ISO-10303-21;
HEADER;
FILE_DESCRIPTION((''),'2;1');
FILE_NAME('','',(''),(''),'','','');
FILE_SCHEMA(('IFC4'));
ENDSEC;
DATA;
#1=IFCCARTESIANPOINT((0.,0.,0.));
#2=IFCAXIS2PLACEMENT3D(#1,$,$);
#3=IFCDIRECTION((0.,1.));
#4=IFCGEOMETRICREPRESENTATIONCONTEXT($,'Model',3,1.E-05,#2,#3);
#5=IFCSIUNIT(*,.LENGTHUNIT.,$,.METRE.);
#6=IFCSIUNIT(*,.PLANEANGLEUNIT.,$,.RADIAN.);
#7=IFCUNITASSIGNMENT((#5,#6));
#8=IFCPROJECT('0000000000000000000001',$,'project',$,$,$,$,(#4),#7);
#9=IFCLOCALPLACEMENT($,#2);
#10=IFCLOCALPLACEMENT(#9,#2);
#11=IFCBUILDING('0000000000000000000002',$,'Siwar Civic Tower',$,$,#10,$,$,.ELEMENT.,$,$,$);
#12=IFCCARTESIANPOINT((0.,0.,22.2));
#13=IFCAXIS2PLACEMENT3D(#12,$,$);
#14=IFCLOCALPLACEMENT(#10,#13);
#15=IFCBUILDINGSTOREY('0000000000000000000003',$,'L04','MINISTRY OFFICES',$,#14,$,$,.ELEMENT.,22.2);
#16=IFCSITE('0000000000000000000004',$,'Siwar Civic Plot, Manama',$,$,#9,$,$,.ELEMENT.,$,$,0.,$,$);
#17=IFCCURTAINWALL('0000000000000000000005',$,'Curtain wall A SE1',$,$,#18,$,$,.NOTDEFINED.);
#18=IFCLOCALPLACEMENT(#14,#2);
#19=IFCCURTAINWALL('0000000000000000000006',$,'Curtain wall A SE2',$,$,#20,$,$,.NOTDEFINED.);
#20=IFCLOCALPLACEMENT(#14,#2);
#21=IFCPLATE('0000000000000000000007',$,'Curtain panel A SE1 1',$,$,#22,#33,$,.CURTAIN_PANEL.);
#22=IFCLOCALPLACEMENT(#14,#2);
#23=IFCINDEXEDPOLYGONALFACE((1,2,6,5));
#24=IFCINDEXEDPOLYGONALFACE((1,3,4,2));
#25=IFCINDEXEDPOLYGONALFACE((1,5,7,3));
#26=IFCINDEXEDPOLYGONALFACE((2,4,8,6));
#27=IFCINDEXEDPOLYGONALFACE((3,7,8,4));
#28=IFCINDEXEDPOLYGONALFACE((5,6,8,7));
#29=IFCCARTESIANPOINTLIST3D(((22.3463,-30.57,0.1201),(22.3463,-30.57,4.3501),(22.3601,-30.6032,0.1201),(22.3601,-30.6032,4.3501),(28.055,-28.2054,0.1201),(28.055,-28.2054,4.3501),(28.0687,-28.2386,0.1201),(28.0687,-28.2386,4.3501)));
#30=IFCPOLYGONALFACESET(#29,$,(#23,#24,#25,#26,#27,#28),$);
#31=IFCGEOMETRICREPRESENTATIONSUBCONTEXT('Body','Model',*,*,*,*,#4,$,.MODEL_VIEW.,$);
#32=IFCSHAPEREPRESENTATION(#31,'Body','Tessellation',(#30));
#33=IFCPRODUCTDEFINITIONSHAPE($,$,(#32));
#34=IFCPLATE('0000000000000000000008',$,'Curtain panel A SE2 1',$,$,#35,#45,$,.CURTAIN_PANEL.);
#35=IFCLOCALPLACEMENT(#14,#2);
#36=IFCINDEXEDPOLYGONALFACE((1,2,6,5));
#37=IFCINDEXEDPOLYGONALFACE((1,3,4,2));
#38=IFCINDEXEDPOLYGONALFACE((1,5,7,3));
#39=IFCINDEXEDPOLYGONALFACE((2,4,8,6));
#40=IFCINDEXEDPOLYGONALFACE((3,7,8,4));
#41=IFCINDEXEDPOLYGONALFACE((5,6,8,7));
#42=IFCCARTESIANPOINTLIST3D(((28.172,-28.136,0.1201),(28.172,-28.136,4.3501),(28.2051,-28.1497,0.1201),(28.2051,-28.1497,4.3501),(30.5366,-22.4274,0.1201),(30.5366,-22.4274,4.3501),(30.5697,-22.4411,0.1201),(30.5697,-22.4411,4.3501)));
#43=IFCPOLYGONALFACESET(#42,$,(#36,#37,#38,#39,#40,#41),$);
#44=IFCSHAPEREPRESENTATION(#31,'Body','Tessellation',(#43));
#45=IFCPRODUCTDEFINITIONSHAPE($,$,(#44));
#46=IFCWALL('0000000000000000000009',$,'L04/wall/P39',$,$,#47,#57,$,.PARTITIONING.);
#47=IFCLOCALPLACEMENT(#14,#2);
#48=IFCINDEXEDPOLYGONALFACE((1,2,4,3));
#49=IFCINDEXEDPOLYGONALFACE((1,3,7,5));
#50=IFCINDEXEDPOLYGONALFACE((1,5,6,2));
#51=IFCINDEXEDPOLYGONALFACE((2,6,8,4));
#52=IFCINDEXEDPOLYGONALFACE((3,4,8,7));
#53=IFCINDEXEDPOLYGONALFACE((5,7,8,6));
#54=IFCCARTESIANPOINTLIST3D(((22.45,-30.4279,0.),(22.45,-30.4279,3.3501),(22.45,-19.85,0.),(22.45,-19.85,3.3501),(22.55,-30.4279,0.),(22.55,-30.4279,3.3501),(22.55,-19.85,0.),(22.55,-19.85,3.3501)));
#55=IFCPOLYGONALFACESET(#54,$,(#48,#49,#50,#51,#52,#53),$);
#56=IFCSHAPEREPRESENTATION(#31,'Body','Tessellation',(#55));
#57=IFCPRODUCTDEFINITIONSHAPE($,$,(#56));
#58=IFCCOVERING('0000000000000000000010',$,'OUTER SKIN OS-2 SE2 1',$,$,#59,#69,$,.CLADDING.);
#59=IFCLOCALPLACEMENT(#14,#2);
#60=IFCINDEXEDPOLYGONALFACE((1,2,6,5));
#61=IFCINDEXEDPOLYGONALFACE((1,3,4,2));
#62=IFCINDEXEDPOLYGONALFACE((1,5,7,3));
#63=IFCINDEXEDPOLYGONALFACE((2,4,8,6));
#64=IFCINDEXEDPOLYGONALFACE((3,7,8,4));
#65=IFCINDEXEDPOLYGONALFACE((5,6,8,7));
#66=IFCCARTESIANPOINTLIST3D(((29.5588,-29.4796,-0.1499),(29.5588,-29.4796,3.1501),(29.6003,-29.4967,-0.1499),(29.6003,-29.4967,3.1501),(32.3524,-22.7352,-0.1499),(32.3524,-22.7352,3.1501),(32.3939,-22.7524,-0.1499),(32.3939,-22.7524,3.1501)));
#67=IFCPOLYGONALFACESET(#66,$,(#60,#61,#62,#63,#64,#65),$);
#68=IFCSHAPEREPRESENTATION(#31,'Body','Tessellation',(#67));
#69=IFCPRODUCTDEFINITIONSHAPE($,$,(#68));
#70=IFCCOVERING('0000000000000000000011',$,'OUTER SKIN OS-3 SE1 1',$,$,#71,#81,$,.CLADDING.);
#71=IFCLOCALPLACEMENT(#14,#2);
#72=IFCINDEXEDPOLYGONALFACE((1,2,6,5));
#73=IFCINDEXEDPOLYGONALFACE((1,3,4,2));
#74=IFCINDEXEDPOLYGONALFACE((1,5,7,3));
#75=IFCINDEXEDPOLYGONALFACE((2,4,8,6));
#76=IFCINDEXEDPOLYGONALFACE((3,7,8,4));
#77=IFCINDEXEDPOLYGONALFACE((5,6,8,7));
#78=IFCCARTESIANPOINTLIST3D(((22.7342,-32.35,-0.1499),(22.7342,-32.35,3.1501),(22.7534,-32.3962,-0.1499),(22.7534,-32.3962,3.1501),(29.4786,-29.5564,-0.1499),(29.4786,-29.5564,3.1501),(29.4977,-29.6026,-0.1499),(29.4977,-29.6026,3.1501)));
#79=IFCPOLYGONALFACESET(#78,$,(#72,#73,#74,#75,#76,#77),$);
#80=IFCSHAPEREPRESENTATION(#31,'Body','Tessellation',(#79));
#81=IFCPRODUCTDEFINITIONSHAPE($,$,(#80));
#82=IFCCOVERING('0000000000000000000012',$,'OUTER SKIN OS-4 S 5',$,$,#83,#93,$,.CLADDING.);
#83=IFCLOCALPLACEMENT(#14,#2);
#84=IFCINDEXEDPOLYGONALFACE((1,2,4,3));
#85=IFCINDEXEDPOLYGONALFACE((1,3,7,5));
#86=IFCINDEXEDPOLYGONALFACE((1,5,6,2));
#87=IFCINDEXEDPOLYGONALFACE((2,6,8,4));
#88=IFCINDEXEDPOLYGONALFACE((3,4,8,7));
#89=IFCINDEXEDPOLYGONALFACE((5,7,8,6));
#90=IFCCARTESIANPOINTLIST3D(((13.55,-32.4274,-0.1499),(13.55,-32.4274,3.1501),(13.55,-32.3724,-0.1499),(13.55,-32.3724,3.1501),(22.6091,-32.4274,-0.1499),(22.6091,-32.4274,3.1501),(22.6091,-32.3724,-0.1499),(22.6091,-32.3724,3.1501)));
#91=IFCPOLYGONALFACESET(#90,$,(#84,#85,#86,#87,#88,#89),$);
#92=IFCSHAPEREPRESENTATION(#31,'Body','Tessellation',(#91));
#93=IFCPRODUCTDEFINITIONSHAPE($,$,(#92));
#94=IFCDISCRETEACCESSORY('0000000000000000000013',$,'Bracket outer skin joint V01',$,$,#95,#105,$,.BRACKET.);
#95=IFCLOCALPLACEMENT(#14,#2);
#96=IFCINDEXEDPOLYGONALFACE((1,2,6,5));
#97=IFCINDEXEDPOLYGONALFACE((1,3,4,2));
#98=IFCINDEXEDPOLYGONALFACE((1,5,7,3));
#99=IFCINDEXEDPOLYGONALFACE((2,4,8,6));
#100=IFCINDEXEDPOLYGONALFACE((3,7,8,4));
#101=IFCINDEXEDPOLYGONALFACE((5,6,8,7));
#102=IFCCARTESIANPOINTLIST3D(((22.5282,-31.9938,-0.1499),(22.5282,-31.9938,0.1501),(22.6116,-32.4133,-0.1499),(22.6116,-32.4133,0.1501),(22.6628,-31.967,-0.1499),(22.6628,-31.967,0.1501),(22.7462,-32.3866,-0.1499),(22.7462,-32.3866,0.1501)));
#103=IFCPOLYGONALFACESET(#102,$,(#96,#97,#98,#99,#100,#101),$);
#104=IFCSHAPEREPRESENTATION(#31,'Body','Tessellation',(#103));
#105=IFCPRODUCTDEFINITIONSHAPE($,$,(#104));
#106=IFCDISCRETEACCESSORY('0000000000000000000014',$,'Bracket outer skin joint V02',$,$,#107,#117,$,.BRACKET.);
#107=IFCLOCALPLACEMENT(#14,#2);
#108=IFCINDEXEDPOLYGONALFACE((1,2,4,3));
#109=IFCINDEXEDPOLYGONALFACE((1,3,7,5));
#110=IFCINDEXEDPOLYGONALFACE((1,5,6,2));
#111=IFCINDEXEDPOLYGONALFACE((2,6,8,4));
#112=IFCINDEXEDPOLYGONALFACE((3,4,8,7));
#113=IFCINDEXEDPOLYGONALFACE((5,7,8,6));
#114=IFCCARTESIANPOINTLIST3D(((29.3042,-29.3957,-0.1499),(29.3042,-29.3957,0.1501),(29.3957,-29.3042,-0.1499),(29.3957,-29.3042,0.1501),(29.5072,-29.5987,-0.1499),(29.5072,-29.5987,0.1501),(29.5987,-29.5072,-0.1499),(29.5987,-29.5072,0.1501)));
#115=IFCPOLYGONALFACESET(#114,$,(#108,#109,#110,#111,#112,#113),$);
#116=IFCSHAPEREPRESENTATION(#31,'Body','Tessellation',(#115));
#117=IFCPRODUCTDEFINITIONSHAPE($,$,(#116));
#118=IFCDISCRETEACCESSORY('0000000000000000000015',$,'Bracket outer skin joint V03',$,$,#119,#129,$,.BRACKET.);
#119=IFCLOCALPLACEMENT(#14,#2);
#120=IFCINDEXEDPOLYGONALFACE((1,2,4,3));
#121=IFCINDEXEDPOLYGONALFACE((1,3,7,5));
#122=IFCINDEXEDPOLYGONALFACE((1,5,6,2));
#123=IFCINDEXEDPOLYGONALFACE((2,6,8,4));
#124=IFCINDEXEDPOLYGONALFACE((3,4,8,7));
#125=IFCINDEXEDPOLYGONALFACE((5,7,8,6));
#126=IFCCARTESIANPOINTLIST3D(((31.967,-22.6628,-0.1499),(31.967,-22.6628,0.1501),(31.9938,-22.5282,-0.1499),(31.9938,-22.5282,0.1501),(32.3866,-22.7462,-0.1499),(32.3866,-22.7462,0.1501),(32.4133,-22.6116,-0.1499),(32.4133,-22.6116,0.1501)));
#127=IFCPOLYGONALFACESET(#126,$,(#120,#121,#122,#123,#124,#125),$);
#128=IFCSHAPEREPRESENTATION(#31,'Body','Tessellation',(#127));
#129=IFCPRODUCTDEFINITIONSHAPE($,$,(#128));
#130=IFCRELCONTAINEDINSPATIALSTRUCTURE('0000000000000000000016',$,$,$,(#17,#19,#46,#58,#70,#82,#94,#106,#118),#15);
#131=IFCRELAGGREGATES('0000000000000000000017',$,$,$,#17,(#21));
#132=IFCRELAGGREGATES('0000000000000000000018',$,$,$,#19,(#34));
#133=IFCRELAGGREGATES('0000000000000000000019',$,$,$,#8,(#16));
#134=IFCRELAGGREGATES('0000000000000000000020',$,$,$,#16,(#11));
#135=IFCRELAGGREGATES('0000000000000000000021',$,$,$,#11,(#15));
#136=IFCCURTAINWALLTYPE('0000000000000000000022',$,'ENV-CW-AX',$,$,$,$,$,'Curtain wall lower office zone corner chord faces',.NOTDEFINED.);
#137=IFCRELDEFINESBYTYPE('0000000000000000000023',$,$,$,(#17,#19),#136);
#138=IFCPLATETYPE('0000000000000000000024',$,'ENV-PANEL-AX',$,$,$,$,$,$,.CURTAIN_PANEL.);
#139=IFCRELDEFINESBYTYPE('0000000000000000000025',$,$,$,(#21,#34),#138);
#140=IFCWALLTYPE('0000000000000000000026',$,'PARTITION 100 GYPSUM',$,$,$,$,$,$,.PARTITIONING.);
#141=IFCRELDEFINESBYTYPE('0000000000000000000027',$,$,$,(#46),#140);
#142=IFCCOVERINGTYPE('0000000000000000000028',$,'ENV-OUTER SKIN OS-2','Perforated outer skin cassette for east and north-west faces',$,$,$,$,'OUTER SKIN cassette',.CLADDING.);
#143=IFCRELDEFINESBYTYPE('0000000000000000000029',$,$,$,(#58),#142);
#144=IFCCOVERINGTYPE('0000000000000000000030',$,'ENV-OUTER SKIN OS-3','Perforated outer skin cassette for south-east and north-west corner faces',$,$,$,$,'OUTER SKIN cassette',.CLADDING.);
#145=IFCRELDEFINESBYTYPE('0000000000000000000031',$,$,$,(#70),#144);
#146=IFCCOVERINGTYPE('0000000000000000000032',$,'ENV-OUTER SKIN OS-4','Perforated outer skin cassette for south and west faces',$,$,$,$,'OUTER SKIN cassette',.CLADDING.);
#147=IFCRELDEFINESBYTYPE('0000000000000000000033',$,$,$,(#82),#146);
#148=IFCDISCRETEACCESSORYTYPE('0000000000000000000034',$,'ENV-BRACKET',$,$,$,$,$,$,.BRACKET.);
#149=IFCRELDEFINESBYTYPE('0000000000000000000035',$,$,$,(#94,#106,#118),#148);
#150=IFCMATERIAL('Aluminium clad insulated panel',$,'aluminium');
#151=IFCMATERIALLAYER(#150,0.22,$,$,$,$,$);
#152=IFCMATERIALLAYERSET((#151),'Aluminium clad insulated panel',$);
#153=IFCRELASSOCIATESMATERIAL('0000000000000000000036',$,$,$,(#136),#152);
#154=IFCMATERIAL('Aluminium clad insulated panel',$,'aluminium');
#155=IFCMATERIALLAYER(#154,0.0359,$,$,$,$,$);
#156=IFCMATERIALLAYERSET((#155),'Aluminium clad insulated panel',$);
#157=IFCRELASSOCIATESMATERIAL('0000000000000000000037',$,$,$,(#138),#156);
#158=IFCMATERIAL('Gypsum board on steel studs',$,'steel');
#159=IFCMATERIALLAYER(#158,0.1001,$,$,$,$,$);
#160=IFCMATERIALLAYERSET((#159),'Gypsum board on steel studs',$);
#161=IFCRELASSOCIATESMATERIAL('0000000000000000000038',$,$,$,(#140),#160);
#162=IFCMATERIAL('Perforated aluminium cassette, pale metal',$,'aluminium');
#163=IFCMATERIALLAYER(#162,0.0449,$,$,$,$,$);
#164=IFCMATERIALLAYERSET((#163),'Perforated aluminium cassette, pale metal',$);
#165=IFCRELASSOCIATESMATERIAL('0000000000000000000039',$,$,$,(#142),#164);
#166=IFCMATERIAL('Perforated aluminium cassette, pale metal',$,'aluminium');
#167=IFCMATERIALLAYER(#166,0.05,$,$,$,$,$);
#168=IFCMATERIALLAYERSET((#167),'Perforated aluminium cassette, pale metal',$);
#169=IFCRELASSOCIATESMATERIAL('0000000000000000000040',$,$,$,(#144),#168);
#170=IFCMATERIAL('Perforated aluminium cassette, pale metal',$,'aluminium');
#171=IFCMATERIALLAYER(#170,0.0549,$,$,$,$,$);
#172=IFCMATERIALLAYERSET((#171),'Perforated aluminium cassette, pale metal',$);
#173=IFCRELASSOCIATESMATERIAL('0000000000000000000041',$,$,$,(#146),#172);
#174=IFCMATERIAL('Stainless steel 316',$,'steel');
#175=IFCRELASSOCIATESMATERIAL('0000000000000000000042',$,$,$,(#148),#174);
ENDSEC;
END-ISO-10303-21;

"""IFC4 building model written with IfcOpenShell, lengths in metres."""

from ifc_helpers import new_model, si_unit, direction, frame, frame_2d, origin, origin_2d, place, context, subcontext, project, spatial, rectangle, extrude, material, layer, layer_set, type_object, element, aggregate, save


model = new_model("IFC4")

# Units and contexts
model_context = context("Model", 3, precision=1e-05, world=origin(), true_north=direction((0.0, 1.0)))
body_context = subcontext(model_context, "Body", "Model", "MODEL_VIEW")
ifc_project = project(units=[si_unit("LENGTHUNIT", "METRE"), si_unit("PLANEANGLEUNIT", "RADIAN")], contexts=[model_context])

# Site, building, storey
site_placement = place(None, origin())
site = spatial("IfcSite", under=ifc_project, at=site_placement, Name="Siwar Civic Plot, Manama", CompositionType="ELEMENT", RefElevation=0.0)
building_placement = place(site_placement, origin())
building = spatial("IfcBuilding", under=site, at=building_placement, Name="Siwar Civic Tower", CompositionType="ELEMENT")
storey_placement = place(building_placement, frame((0.0, 0.0, 22.2)))
storey = spatial("IfcBuildingStorey", under=building, at=storey_placement, Name="L04", Description="MINISTRY OFFICES", CompositionType="ELEMENT", Elevation=22.2)

# Curtain walls
ifc_material_1 = material(Name="Aluminium clad insulated panel", Category="aluminium")
ifc_layer_1 = layer(ifc_material_1, 0.22)
ifc_layer_set_1 = layer_set([ifc_layer_1], Name="Aluminium clad insulated panel")
curtain_wall_type_1 = type_object("IfcCurtainWallType", Name="ENV-CW-AX", ElementType="Curtain wall lower office zone corner chord faces", PredefinedType="NOTDEFINED", material=ifc_layer_set_1)
curtain_wall_1_placement = place(storey_placement, origin())
curtain_wall_1 = element("IfcCurtainWall", 1, at=curtain_wall_1_placement, inside=storey, type_object=curtain_wall_type_1, Name="Curtain wall A SE1", PredefinedType="NOTDEFINED")
curtain_wall_2_placement = place(storey_placement, origin())
curtain_wall_2 = element("IfcCurtainWall", 2, at=curtain_wall_2_placement, inside=storey, type_object=curtain_wall_type_1, Name="Curtain wall A SE2", PredefinedType="NOTDEFINED")

# Plates
ifc_material_2 = material(Name="Aluminium clad insulated panel", Category="aluminium")
ifc_layer_2 = layer(ifc_material_2, 0.0359)
ifc_layer_set_2 = layer_set([ifc_layer_2], Name="Aluminium clad insulated panel")
plate_type_1 = type_object("IfcPlateType", Name="ENV-PANEL-AX", PredefinedType="CURTAIN_PANEL", material=ifc_layer_set_2)
plate_1_placement = place(storey_placement, frame((25.2075, -29.4043, 0.1201), z_axis=(0.0, 0.0, 1.0), x_axis=(0.92388, 0.382683, 0.0)))
plate_1 = element("IfcPlate", 3, at=plate_1_placement, type_object=plate_type_1, Name="Curtain panel A SE1 1", PredefinedType="CURTAIN_PANEL", context=body_context, shape_type="SweptSolid", body=[
    extrude(rectangle(XDim=6.179, YDim=0.0359, at=origin_2d()), origin(), (0.0, 0.0, 1.0), 4.23),
])
aggregate(curtain_wall_1, [plate_1])
plate_2_placement = place(storey_placement, frame((29.3708, -25.2886, 0.1201), z_axis=(0.0, 0.0, 1.0), x_axis=(0.382683, 0.92388, 0.0)))
plate_2 = element("IfcPlate", 4, at=plate_2_placement, type_object=plate_type_1, Name="Curtain panel A SE2 1", PredefinedType="CURTAIN_PANEL", context=body_context, shape_type="SweptSolid", body=[
    extrude(rectangle(XDim=6.179, YDim=0.0359, at=origin_2d()), origin(), (0.0, 0.0, 1.0), 4.23),
])
aggregate(curtain_wall_2, [plate_2])

# Wall
ifc_material_3 = material(Name="Gypsum board on steel studs", Category="steel")
ifc_layer_3 = layer(ifc_material_3, 0.1001)
ifc_layer_set_3 = layer_set([ifc_layer_3], Name="Gypsum board on steel studs")
wall_type = type_object("IfcWallType", Name="PARTITION 100 GYPSUM", PredefinedType="PARTITIONING", material=ifc_layer_set_3)
wall_placement = place(storey_placement, frame((22.5, -30.428, 0.0), z_axis=(0.0, 0.0, 1.0), x_axis=(0.0, 1.0, 0.0)))
element("IfcWall", 5, at=wall_placement, inside=storey, type_object=wall_type, Name="L04/wall/P39", PredefinedType="PARTITIONING", context=body_context, shape_type="SweptSolid", body=[
    extrude(rectangle(XDim=10.5779, YDim=0.1001, at=frame_2d((5.2891, 0.0))), origin(), (0.0, 0.0, 1.0), 3.3501),
])

# Coverings
ifc_material_4 = material(Name="Perforated aluminium cassette, pale metal", Category="aluminium")
ifc_layer_4 = layer(ifc_material_4, 0.0449)
ifc_layer_set_4 = layer_set([ifc_layer_4], Name="Perforated aluminium cassette, pale metal")
covering_type_1 = type_object("IfcCoveringType", Name="ENV-OUTER SKIN OS-2", Description="Perforated outer skin cassette for east and north-west faces", ElementType="OUTER SKIN cassette", PredefinedType="CLADDING", material=ifc_layer_set_4)
covering_1_placement = place(storey_placement, frame((30.9763, -26.116, -0.1499), z_axis=(0.0, 0.0, 1.0), x_axis=(0.382683, 0.92388, 0.0)))
element("IfcCovering", 6, at=covering_1_placement, inside=storey, type_object=covering_type_1, Name="OUTER SKIN OS-2 SE2 1", PredefinedType="CLADDING", context=body_context, shape_type="SweptSolid", body=[
    extrude(rectangle(XDim=7.3, YDim=0.0449, at=origin_2d()), origin(), (0.0, 0.0, 1.0), 3.3),
])
ifc_material_5 = material(Name="Perforated aluminium cassette, pale metal", Category="aluminium")
ifc_layer_5 = layer(ifc_material_5, 0.05)
ifc_layer_set_5 = layer_set([ifc_layer_5], Name="Perforated aluminium cassette, pale metal")
covering_type_2 = type_object("IfcCoveringType", Name="ENV-OUTER SKIN OS-3", Description="Perforated outer skin cassette for south-east and north-west corner faces", ElementType="OUTER SKIN cassette", PredefinedType="CLADDING", material=ifc_layer_set_5)
covering_2_placement = place(storey_placement, frame((26.116, -30.9763, -0.1499), z_axis=(0.0, 0.0, 1.0), x_axis=(0.92388, 0.382683, 0.0)))
element("IfcCovering", 7, at=covering_2_placement, inside=storey, type_object=covering_type_2, Name="OUTER SKIN OS-3 SE1 1", PredefinedType="CLADDING", context=body_context, shape_type="SweptSolid", body=[
    extrude(rectangle(XDim=7.3, YDim=0.05, at=origin_2d()), origin(), (0.0, 0.0, 1.0), 3.3),
])
ifc_material_6 = material(Name="Perforated aluminium cassette, pale metal", Category="aluminium")
ifc_layer_6 = layer(ifc_material_6, 0.0549)
ifc_layer_set_6 = layer_set([ifc_layer_6], Name="Perforated aluminium cassette, pale metal")
covering_type_3 = type_object("IfcCoveringType", Name="ENV-OUTER SKIN OS-4", Description="Perforated outer skin cassette for south and west faces", ElementType="OUTER SKIN cassette", PredefinedType="CLADDING", material=ifc_layer_set_6)
covering_3_placement = place(storey_placement, frame((18.0796, -32.3999, -0.1499), z_axis=(0.0, 0.0, 1.0), x_axis=(1.0, 0.0, 0.0)))
element("IfcCovering", 8, at=covering_3_placement, inside=storey, type_object=covering_type_3, Name="OUTER SKIN OS-4 S 5", PredefinedType="CLADDING", context=body_context, shape_type="SweptSolid", body=[
    extrude(rectangle(XDim=9.0591, YDim=0.0549, at=origin_2d()), origin(), (0.0, 0.0, 1.0), 3.3),
])

# Discrete accessories
ifc_material_7 = material(Name="Stainless steel 316", Category="steel")
discrete_accessory_type = type_object("IfcDiscreteAccessoryType", Name="ENV-BRACKET", PredefinedType="BRACKET", material=ifc_material_7)
discrete_accessory_1_placement = place(storey_placement, frame((22.6372, -32.1902, -0.1499), z_axis=(0.0, 0.0, 1.0), x_axis=(0.19509, -0.980785, 0.0)))
element("IfcDiscreteAccessory", 9, at=discrete_accessory_1_placement, inside=storey, type_object=discrete_accessory_type, Name="Bracket outer skin joint V01", PredefinedType="BRACKET", context=body_context, shape_type="SweptSolid", body=[
    extrude(rectangle(XDim=0.4277, YDim=0.1372, at=origin_2d()), origin(), (0.0, 0.0, 1.0), 0.3),
])
discrete_accessory_2_placement = place(storey_placement, frame((29.4514, -29.4514, -0.1499), z_axis=(0.0, 0.0, 1.0), x_axis=(0.707107, -0.707107, 0.0)))
element("IfcDiscreteAccessory", 10, at=discrete_accessory_2_placement, inside=storey, type_object=discrete_accessory_type, Name="Bracket outer skin joint V02", PredefinedType="BRACKET", context=body_context, shape_type="SweptSolid", body=[
    extrude(rectangle(XDim=0.2871, YDim=0.1294, at=origin_2d()), origin(), (0.0, 0.0, 1.0), 0.3),
])
discrete_accessory_3_placement = place(storey_placement, frame((32.1902, -22.6372, -0.1499), z_axis=(0.0, 0.0, 1.0), x_axis=(0.980785, -0.19509, 0.0)))
element("IfcDiscreteAccessory", 11, at=discrete_accessory_3_placement, inside=storey, type_object=discrete_accessory_type, Name="Bracket outer skin joint V03", PredefinedType="BRACKET", context=body_context, shape_type="SweptSolid", body=[
    extrude(rectangle(XDim=0.4277, YDim=0.1372, at=origin_2d()), origin(), (0.0, 0.0, 1.0), 0.3),
])

save(model, "model.ifc")
